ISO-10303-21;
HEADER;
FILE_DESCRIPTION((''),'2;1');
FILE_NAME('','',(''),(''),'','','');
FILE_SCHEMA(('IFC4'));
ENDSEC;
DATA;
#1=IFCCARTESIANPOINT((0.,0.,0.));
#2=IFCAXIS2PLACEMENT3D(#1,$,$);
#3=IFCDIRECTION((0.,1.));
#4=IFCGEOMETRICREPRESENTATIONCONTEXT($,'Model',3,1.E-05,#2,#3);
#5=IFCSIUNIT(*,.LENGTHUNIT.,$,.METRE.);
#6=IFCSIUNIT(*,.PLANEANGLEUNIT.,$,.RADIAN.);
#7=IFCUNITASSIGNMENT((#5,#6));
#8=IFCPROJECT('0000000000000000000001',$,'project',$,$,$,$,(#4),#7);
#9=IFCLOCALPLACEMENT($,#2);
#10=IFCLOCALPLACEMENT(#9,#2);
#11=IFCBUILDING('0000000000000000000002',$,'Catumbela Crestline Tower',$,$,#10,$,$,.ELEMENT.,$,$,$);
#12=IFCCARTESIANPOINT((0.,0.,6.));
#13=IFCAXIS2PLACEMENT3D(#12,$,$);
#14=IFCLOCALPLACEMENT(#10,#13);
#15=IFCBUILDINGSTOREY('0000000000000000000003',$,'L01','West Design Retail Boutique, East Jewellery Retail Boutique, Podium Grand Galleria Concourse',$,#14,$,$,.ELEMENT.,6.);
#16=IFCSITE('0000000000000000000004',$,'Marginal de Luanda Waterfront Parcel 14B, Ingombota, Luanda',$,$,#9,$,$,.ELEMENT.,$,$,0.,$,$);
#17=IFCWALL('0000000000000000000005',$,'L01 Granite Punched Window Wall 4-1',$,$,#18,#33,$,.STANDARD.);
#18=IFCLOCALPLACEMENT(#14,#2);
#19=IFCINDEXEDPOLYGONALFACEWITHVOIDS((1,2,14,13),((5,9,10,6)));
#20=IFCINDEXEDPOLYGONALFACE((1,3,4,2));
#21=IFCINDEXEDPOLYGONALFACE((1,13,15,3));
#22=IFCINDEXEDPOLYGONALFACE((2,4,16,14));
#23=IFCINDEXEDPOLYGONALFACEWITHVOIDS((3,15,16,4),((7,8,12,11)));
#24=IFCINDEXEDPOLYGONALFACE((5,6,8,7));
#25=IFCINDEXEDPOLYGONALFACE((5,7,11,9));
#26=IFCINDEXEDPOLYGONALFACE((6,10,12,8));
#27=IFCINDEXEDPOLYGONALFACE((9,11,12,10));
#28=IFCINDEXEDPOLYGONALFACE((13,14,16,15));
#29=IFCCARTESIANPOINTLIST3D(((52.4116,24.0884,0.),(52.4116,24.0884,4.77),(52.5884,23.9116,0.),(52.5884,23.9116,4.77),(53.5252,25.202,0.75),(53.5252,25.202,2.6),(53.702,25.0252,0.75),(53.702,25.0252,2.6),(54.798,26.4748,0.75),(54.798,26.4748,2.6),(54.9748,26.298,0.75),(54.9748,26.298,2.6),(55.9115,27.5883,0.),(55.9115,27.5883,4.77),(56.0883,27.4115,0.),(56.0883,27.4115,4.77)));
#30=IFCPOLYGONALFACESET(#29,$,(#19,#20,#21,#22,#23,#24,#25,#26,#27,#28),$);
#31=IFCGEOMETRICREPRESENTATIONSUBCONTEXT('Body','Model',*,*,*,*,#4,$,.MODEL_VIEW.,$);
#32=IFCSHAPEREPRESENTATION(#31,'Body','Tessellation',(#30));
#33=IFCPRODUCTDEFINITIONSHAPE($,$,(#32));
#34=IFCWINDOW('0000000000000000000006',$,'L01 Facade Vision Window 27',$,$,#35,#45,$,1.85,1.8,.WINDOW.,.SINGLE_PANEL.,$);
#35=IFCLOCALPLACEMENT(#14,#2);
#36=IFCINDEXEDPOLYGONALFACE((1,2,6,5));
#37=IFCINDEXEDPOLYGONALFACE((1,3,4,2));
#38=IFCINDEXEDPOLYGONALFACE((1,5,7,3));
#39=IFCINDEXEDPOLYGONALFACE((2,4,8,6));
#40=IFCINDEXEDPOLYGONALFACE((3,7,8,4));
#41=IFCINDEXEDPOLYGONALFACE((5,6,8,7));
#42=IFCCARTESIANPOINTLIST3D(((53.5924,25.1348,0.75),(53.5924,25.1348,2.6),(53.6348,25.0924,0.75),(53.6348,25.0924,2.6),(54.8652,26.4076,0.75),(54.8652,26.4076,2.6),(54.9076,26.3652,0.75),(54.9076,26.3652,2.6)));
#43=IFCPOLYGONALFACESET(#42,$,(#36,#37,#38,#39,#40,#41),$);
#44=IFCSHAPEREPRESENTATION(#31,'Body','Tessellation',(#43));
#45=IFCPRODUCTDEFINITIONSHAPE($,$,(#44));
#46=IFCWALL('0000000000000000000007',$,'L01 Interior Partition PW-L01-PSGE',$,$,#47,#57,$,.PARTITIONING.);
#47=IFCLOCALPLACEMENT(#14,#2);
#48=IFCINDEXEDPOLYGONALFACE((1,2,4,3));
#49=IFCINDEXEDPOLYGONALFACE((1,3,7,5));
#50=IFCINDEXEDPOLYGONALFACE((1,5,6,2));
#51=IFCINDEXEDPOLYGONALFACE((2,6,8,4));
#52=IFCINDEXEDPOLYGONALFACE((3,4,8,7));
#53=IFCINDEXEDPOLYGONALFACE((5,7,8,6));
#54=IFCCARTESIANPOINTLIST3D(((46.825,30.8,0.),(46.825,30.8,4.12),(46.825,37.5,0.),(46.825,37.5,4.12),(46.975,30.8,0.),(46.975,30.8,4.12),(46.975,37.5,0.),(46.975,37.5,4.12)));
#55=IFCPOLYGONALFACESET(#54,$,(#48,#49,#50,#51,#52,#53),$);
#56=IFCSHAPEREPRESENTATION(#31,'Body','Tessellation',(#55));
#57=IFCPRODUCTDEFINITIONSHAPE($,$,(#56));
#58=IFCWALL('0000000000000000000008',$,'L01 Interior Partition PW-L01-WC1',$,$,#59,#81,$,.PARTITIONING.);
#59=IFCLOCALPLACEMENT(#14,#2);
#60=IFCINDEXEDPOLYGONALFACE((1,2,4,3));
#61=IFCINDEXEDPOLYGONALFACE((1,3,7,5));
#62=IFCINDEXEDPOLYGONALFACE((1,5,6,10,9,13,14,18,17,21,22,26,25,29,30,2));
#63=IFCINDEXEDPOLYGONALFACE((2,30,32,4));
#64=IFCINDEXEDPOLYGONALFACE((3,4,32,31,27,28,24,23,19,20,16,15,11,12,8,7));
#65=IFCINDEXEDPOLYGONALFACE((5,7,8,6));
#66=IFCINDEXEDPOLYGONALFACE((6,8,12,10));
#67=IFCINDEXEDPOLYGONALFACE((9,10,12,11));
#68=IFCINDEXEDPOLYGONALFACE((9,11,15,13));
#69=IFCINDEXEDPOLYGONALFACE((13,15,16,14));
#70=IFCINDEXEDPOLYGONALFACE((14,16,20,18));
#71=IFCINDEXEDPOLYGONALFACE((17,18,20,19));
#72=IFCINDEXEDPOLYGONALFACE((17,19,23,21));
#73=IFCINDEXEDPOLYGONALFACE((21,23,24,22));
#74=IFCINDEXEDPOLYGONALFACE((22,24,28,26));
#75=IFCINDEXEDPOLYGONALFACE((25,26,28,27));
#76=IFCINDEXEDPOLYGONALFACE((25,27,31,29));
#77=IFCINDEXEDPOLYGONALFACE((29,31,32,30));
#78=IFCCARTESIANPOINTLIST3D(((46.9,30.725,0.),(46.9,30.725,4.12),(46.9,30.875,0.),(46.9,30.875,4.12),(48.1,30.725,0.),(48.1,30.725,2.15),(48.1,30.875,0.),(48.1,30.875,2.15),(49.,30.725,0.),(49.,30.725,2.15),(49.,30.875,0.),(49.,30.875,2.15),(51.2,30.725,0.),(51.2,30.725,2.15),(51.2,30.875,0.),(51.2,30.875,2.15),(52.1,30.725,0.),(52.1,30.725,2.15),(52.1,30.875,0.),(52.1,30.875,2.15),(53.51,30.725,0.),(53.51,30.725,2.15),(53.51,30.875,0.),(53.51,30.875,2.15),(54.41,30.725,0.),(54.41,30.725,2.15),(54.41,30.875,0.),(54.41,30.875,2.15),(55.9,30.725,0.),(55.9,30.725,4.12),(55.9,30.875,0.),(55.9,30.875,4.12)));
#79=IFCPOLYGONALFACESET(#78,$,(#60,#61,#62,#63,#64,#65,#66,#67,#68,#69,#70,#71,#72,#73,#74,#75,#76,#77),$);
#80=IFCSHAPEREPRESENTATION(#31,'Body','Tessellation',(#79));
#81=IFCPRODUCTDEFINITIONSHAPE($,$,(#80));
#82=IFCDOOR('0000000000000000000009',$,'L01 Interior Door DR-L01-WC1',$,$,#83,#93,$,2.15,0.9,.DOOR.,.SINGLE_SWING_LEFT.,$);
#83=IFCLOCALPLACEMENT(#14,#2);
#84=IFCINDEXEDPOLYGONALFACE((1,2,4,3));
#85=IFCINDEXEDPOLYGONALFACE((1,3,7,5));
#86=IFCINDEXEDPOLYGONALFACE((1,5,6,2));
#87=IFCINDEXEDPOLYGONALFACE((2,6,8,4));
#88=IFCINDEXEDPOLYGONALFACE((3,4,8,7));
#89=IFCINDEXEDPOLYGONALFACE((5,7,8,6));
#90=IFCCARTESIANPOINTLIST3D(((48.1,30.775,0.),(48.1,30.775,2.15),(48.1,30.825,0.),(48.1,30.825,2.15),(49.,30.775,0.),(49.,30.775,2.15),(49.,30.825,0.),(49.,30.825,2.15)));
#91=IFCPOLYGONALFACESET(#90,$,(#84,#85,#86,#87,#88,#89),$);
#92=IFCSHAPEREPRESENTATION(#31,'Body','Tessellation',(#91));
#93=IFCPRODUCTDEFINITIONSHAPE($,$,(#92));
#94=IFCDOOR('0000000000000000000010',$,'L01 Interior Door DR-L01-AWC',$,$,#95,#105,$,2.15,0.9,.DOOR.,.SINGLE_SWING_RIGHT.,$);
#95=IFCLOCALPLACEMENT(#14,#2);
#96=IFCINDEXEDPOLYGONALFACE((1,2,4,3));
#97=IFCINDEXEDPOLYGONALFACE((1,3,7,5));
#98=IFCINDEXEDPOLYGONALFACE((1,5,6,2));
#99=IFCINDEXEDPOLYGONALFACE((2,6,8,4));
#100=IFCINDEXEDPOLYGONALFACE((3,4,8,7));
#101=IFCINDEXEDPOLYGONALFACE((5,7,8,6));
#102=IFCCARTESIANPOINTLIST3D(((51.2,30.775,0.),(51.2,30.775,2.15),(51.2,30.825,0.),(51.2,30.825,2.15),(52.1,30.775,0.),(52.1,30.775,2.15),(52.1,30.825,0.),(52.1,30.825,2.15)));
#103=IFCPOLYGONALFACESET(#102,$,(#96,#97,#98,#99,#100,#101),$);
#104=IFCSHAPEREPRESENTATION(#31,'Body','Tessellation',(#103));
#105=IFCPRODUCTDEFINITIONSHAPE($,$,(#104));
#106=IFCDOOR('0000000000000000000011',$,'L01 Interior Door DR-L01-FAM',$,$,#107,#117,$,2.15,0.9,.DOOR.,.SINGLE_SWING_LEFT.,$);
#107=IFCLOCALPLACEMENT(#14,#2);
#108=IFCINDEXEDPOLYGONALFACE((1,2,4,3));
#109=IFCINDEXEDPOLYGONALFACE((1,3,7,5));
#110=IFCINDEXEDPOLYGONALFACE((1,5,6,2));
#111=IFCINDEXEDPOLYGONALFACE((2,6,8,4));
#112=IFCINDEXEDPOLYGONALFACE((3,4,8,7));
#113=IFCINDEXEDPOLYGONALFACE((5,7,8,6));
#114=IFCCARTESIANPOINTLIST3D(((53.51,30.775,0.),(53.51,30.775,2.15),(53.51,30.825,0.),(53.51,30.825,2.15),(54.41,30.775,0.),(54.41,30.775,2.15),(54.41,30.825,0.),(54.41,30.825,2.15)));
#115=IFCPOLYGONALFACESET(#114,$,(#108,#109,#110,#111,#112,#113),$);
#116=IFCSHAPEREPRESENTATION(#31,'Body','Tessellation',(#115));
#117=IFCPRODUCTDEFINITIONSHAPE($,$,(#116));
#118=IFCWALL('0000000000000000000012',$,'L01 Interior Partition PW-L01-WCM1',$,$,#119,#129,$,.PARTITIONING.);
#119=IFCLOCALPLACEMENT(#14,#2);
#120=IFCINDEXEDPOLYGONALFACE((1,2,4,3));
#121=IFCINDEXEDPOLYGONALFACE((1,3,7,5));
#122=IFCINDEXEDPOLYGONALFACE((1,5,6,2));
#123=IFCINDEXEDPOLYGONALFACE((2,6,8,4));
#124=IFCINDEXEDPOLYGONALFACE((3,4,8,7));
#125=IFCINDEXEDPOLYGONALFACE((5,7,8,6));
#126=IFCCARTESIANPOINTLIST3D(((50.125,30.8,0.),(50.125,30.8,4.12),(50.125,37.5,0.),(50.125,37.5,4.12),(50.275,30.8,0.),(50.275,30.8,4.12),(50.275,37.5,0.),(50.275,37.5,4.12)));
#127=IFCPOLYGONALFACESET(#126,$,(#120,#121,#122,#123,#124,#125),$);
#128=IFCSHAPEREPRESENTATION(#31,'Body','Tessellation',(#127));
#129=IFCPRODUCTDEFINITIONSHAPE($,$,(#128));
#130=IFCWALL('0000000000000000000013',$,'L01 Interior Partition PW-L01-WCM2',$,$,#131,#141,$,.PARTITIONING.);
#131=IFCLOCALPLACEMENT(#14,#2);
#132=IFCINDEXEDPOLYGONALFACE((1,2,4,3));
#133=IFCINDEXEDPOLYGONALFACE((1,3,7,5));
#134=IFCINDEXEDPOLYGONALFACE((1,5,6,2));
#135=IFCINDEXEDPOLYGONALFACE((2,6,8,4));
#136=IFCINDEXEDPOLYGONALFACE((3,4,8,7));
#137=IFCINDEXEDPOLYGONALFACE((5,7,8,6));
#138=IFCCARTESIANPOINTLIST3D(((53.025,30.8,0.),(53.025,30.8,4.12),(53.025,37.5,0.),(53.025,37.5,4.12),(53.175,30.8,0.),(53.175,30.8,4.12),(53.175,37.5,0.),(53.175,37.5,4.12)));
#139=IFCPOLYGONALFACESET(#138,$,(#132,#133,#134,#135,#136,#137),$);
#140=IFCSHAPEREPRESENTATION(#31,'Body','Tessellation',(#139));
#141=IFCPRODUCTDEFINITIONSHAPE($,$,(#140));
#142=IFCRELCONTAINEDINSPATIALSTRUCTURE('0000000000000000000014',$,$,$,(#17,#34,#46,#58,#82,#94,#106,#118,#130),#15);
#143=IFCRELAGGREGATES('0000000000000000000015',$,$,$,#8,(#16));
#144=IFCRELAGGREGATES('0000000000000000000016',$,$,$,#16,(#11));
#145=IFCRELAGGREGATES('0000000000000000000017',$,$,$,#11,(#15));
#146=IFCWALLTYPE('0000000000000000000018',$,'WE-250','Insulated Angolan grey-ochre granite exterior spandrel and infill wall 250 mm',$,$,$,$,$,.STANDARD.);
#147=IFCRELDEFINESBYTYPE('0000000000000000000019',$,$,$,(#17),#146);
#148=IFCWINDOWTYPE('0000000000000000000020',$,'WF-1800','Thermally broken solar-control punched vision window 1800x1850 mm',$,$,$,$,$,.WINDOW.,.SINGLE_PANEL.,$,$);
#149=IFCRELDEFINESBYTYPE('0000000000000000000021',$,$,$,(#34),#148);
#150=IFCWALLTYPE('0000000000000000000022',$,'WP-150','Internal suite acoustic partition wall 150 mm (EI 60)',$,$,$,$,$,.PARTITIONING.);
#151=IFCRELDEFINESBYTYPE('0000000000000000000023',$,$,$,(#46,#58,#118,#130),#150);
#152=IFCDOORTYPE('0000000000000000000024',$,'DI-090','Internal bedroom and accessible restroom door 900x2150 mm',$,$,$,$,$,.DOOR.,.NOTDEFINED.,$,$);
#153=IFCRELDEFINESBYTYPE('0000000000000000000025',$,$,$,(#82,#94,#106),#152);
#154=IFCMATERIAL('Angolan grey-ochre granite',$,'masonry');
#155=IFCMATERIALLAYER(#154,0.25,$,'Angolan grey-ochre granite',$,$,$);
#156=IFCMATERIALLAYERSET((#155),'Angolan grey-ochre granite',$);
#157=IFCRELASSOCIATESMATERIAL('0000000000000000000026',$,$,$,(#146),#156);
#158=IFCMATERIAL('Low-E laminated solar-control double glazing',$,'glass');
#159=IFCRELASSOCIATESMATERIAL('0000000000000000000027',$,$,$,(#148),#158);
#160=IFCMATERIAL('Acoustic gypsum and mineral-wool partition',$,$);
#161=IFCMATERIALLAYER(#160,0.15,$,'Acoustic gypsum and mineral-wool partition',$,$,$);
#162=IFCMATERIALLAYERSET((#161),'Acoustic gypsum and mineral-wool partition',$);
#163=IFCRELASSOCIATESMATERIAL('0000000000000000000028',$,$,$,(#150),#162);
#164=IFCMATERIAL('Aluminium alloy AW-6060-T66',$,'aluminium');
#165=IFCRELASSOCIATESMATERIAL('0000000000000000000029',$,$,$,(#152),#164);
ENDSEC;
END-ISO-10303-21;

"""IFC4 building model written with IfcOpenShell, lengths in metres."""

from ifc_helpers import new_model, si_unit, direction, frame, frame_2d, origin, place, context, subcontext, project, spatial, rectangle, extrude, material, layer, layer_set, type_object, element, fill, save


model = new_model("IFC4")

# Units and contexts
model_context = context("Model", 3, precision=1e-05, world=origin(), true_north=direction((0.0, 1.0)))
body_context = subcontext(model_context, "Body", "Model", "MODEL_VIEW")
ifc_project = project(units=[si_unit("LENGTHUNIT", "METRE"), si_unit("PLANEANGLEUNIT", "RADIAN")], contexts=[model_context])

# Site, building, storey
site_placement = place(None, origin())
site = spatial("IfcSite", under=ifc_project, at=site_placement, Name="Marginal de Luanda Waterfront Parcel 14B, Ingombota, Luanda", CompositionType="ELEMENT", RefElevation=0.0)
building_placement = place(site_placement, origin())
building = spatial("IfcBuilding", under=site, at=building_placement, Name="Catumbela Crestline Tower", CompositionType="ELEMENT")
storey_placement = place(building_placement, frame((0.0, 0.0, 6.0)))
storey = spatial("IfcBuildingStorey", under=building, at=storey_placement, Name="L01", Description="West Design Retail Boutique, East Jewellery Retail Boutique, Podium Grand Galleria Concourse", CompositionType="ELEMENT", Elevation=6.0)

# Shared definitions
ifc_material_1 = material(Name="Aluminium alloy AW-6060-T66", Category="aluminium")

# Shared definitions
ifc_material_2 = material(Name="Low-E laminated solar-control double glazing", Category="glass")

# Wall, opening, window
ifc_material_3 = material(Name="Angolan grey-ochre granite", Category="masonry")
ifc_layer_1 = layer(ifc_material_3, 0.25, Name="Angolan grey-ochre granite")
ifc_layer_set_1 = layer_set([ifc_layer_1], Name="Angolan grey-ochre granite")
wall_type_1 = type_object("IfcWallType", Name="WE-250", Description="Insulated Angolan grey-ochre granite exterior spandrel and infill wall 250 mm", PredefinedType="STANDARD", material=ifc_layer_set_1)
wall_1_placement = place(storey_placement, frame((52.5, 24.0, 0.0), z_axis=(0.0, 0.0, 1.0), x_axis=(0.707107, 0.707107, 0.0)))
wall_1 = element("IfcWall", 1, at=wall_1_placement, inside=storey, type_object=wall_type_1, Name="L01 Granite Punched Window Wall 4-1", PredefinedType="STANDARD", context=body_context, shape_type="SweptSolid", body=[
    extrude(rectangle(XDim=4.9497, YDim=0.25, at=frame_2d((2.4748, 0.0))), origin(), (0.0, 0.0, 1.0), 4.77),
])
opening_1_placement = place(wall_1_placement, frame((1.5749, 0.0, 0.75)))
opening_1 = element("IfcOpeningElement", 2, at=opening_1_placement, cuts=wall_1, PredefinedType="OPENING", context=body_context, shape_type="SweptSolid", body=[
    extrude(rectangle(XDim=1.8, YDim=1.85, at=frame_2d((0.9, 0.925))), frame((0.0, 0.135, 0.0), z_axis=(0.0, -1.0, 0.0), x_axis=(1.0, 0.0, 0.0)), (0.0, 0.0, 1.0), 0.27),
])
window_type = type_object("IfcWindowType", Name="WF-1800", Description="Thermally broken solar-control punched vision window 1800x1850 mm", PartitioningType="SINGLE_PANEL", PredefinedType="WINDOW", material=ifc_material_2)
window_placement = place(opening_1_placement, origin())
window = element("IfcWindow", 3, at=window_placement, inside=storey, type_object=window_type, Name="L01 Facade Vision Window 27", OverallHeight=1.85, OverallWidth=1.8, PartitioningType="SINGLE_PANEL", PredefinedType="WINDOW", context=body_context, shape_type="SweptSolid", body=[
    extrude(rectangle(XDim=1.8, YDim=1.85, at=frame_2d((0.9, 0.925))), frame((0.0, 0.03, 0.0), z_axis=(0.0, -1.0, 0.0), x_axis=(1.0, 0.0, 0.0)), (0.0, 0.0, 1.0), 0.06),
])
fill(opening_1, window)

# Wall
ifc_material_4 = material(Name="Acoustic gypsum and mineral-wool partition")
ifc_layer_2 = layer(ifc_material_4, 0.15, Name="Acoustic gypsum and mineral-wool partition")
ifc_layer_set_2 = layer_set([ifc_layer_2], Name="Acoustic gypsum and mineral-wool partition")
wall_type_2 = type_object("IfcWallType", Name="WP-150", Description="Internal suite acoustic partition wall 150 mm (EI 60)", PredefinedType="PARTITIONING", material=ifc_layer_set_2)
wall_2_placement = place(storey_placement, frame((46.9, 30.8, 0.0), z_axis=(0.0, 0.0, 1.0), x_axis=(0.0, 1.0, 0.0)))
element("IfcWall", 4, at=wall_2_placement, inside=storey, type_object=wall_type_2, Name="L01 Interior Partition PW-L01-PSGE", PredefinedType="PARTITIONING", context=body_context, shape_type="SweptSolid", body=[
    extrude(rectangle(XDim=6.7, YDim=0.15, at=frame_2d((3.35, 0.0))), origin(), (0.0, 0.0, 1.0), 4.12),
])

# Wall, openings, doors
wall_3_placement = place(storey_placement, frame((46.9, 30.8, 0.0), z_axis=(0.0, 0.0, 1.0), x_axis=(1.0, 0.0, 0.0)))
wall_3 = element("IfcWall", 5, at=wall_3_placement, inside=storey, type_object=wall_type_2, Name="L01 Interior Partition PW-L01-WC1", PredefinedType="PARTITIONING", context=body_context, shape_type="SweptSolid", body=[
    extrude(rectangle(XDim=9.0, YDim=0.15, at=frame_2d((4.5, 0.0))), origin(), (0.0, 0.0, 1.0), 4.12),
])
opening_2_placement = place(wall_3_placement, frame((1.2, 0.0, 0.0)))
opening_2 = element("IfcOpeningElement", 6, at=opening_2_placement, cuts=wall_3, PredefinedType="OPENING", context=body_context, shape_type="SweptSolid", body=[
    extrude(rectangle(XDim=0.9, YDim=2.15, at=frame_2d((0.45, 1.075))), frame((0.0, 0.085, 0.0), z_axis=(0.0, -1.0, 0.0), x_axis=(1.0, 0.0, 0.0)), (0.0, 0.0, 1.0), 0.17),
])
opening_3_placement = place(wall_3_placement, frame((4.3, 0.0, 0.0)))
opening_3 = element("IfcOpeningElement", 7, at=opening_3_placement, cuts=wall_3, PredefinedType="OPENING", context=body_context, shape_type="SweptSolid", body=[
    extrude(rectangle(XDim=0.9, YDim=2.15, at=frame_2d((0.45, 1.075))), frame((0.0, 0.085, 0.0), z_axis=(0.0, -1.0, 0.0), x_axis=(1.0, 0.0, 0.0)), (0.0, 0.0, 1.0), 0.17),
])
opening_4_placement = place(wall_3_placement, frame((6.61, 0.0, 0.0)))
opening_4 = element("IfcOpeningElement", 8, at=opening_4_placement, cuts=wall_3, PredefinedType="OPENING", context=body_context, shape_type="SweptSolid", body=[
    extrude(rectangle(XDim=0.9, YDim=2.15, at=frame_2d((0.45, 1.075))), frame((0.0, 0.085, 0.0), z_axis=(0.0, -1.0, 0.0), x_axis=(1.0, 0.0, 0.0)), (0.0, 0.0, 1.0), 0.17),
])
door_type = type_object("IfcDoorType", Name="DI-090", Description="Internal bedroom and accessible restroom door 900x2150 mm", OperationType="NOTDEFINED", PredefinedType="DOOR", material=ifc_material_1)
door_1_placement = place(opening_2_placement, origin())
door_1 = element("IfcDoor", 9, at=door_1_placement, inside=storey, type_object=door_type, Name="L01 Interior Door DR-L01-WC1", OperationType="SINGLE_SWING_LEFT", OverallHeight=2.15, OverallWidth=0.9, PredefinedType="DOOR", context=body_context, shape_type="SweptSolid", body=[
    extrude(rectangle(XDim=0.9, YDim=2.15, at=frame_2d((0.45, 1.075))), frame((0.0, 0.025, 0.0), z_axis=(0.0, -1.0, 0.0), x_axis=(1.0, 0.0, 0.0)), (0.0, 0.0, 1.0), 0.05),
])
fill(opening_2, door_1)
door_2_placement = place(opening_3_placement, origin())
door_2 = element("IfcDoor", 10, at=door_2_placement, inside=storey, type_object=door_type, Name="L01 Interior Door DR-L01-AWC", OperationType="SINGLE_SWING_RIGHT", OverallHeight=2.15, OverallWidth=0.9, PredefinedType="DOOR", context=body_context, shape_type="SweptSolid", body=[
    extrude(rectangle(XDim=0.9, YDim=2.15, at=frame_2d((0.45, 1.075))), frame((0.0, 0.025, 0.0), z_axis=(0.0, -1.0, 0.0), x_axis=(1.0, 0.0, 0.0)), (0.0, 0.0, 1.0), 0.05),
])
fill(opening_3, door_2)
door_3_placement = place(opening_4_placement, origin())
door_3 = element("IfcDoor", 11, at=door_3_placement, inside=storey, type_object=door_type, Name="L01 Interior Door DR-L01-FAM", OperationType="SINGLE_SWING_LEFT", OverallHeight=2.15, OverallWidth=0.9, PredefinedType="DOOR", context=body_context, shape_type="SweptSolid", body=[
    extrude(rectangle(XDim=0.9, YDim=2.15, at=frame_2d((0.45, 1.075))), frame((0.0, 0.025, 0.0), z_axis=(0.0, -1.0, 0.0), x_axis=(1.0, 0.0, 0.0)), (0.0, 0.0, 1.0), 0.05),
])
fill(opening_4, door_3)

# Walls
for number, where, z_axis, x_axis, name in (
    (12, (50.2, 30.8, 0.0), (0.0, 0.0, 1.0), (0.0, 1.0, 0.0), "L01 Interior Partition PW-L01-WCM1"),
    (13, (53.1, 30.8, 0.0), (0.0, 0.0, 1.0), (0.0, 1.0, 0.0), "L01 Interior Partition PW-L01-WCM2"),
):
    element("IfcWall", number, at=place(storey_placement, frame(where, z_axis=z_axis, x_axis=x_axis)), inside=storey, type_object=wall_type_2, Name=name, PredefinedType="PARTITIONING", context=body_context, shape_type="SweptSolid", body=[
        extrude(rectangle(XDim=6.7, YDim=0.15, at=frame_2d((3.35, 0.0))), origin(), (0.0, 0.0, 1.0), 4.12),
    ])

save(model, "model.ifc")
